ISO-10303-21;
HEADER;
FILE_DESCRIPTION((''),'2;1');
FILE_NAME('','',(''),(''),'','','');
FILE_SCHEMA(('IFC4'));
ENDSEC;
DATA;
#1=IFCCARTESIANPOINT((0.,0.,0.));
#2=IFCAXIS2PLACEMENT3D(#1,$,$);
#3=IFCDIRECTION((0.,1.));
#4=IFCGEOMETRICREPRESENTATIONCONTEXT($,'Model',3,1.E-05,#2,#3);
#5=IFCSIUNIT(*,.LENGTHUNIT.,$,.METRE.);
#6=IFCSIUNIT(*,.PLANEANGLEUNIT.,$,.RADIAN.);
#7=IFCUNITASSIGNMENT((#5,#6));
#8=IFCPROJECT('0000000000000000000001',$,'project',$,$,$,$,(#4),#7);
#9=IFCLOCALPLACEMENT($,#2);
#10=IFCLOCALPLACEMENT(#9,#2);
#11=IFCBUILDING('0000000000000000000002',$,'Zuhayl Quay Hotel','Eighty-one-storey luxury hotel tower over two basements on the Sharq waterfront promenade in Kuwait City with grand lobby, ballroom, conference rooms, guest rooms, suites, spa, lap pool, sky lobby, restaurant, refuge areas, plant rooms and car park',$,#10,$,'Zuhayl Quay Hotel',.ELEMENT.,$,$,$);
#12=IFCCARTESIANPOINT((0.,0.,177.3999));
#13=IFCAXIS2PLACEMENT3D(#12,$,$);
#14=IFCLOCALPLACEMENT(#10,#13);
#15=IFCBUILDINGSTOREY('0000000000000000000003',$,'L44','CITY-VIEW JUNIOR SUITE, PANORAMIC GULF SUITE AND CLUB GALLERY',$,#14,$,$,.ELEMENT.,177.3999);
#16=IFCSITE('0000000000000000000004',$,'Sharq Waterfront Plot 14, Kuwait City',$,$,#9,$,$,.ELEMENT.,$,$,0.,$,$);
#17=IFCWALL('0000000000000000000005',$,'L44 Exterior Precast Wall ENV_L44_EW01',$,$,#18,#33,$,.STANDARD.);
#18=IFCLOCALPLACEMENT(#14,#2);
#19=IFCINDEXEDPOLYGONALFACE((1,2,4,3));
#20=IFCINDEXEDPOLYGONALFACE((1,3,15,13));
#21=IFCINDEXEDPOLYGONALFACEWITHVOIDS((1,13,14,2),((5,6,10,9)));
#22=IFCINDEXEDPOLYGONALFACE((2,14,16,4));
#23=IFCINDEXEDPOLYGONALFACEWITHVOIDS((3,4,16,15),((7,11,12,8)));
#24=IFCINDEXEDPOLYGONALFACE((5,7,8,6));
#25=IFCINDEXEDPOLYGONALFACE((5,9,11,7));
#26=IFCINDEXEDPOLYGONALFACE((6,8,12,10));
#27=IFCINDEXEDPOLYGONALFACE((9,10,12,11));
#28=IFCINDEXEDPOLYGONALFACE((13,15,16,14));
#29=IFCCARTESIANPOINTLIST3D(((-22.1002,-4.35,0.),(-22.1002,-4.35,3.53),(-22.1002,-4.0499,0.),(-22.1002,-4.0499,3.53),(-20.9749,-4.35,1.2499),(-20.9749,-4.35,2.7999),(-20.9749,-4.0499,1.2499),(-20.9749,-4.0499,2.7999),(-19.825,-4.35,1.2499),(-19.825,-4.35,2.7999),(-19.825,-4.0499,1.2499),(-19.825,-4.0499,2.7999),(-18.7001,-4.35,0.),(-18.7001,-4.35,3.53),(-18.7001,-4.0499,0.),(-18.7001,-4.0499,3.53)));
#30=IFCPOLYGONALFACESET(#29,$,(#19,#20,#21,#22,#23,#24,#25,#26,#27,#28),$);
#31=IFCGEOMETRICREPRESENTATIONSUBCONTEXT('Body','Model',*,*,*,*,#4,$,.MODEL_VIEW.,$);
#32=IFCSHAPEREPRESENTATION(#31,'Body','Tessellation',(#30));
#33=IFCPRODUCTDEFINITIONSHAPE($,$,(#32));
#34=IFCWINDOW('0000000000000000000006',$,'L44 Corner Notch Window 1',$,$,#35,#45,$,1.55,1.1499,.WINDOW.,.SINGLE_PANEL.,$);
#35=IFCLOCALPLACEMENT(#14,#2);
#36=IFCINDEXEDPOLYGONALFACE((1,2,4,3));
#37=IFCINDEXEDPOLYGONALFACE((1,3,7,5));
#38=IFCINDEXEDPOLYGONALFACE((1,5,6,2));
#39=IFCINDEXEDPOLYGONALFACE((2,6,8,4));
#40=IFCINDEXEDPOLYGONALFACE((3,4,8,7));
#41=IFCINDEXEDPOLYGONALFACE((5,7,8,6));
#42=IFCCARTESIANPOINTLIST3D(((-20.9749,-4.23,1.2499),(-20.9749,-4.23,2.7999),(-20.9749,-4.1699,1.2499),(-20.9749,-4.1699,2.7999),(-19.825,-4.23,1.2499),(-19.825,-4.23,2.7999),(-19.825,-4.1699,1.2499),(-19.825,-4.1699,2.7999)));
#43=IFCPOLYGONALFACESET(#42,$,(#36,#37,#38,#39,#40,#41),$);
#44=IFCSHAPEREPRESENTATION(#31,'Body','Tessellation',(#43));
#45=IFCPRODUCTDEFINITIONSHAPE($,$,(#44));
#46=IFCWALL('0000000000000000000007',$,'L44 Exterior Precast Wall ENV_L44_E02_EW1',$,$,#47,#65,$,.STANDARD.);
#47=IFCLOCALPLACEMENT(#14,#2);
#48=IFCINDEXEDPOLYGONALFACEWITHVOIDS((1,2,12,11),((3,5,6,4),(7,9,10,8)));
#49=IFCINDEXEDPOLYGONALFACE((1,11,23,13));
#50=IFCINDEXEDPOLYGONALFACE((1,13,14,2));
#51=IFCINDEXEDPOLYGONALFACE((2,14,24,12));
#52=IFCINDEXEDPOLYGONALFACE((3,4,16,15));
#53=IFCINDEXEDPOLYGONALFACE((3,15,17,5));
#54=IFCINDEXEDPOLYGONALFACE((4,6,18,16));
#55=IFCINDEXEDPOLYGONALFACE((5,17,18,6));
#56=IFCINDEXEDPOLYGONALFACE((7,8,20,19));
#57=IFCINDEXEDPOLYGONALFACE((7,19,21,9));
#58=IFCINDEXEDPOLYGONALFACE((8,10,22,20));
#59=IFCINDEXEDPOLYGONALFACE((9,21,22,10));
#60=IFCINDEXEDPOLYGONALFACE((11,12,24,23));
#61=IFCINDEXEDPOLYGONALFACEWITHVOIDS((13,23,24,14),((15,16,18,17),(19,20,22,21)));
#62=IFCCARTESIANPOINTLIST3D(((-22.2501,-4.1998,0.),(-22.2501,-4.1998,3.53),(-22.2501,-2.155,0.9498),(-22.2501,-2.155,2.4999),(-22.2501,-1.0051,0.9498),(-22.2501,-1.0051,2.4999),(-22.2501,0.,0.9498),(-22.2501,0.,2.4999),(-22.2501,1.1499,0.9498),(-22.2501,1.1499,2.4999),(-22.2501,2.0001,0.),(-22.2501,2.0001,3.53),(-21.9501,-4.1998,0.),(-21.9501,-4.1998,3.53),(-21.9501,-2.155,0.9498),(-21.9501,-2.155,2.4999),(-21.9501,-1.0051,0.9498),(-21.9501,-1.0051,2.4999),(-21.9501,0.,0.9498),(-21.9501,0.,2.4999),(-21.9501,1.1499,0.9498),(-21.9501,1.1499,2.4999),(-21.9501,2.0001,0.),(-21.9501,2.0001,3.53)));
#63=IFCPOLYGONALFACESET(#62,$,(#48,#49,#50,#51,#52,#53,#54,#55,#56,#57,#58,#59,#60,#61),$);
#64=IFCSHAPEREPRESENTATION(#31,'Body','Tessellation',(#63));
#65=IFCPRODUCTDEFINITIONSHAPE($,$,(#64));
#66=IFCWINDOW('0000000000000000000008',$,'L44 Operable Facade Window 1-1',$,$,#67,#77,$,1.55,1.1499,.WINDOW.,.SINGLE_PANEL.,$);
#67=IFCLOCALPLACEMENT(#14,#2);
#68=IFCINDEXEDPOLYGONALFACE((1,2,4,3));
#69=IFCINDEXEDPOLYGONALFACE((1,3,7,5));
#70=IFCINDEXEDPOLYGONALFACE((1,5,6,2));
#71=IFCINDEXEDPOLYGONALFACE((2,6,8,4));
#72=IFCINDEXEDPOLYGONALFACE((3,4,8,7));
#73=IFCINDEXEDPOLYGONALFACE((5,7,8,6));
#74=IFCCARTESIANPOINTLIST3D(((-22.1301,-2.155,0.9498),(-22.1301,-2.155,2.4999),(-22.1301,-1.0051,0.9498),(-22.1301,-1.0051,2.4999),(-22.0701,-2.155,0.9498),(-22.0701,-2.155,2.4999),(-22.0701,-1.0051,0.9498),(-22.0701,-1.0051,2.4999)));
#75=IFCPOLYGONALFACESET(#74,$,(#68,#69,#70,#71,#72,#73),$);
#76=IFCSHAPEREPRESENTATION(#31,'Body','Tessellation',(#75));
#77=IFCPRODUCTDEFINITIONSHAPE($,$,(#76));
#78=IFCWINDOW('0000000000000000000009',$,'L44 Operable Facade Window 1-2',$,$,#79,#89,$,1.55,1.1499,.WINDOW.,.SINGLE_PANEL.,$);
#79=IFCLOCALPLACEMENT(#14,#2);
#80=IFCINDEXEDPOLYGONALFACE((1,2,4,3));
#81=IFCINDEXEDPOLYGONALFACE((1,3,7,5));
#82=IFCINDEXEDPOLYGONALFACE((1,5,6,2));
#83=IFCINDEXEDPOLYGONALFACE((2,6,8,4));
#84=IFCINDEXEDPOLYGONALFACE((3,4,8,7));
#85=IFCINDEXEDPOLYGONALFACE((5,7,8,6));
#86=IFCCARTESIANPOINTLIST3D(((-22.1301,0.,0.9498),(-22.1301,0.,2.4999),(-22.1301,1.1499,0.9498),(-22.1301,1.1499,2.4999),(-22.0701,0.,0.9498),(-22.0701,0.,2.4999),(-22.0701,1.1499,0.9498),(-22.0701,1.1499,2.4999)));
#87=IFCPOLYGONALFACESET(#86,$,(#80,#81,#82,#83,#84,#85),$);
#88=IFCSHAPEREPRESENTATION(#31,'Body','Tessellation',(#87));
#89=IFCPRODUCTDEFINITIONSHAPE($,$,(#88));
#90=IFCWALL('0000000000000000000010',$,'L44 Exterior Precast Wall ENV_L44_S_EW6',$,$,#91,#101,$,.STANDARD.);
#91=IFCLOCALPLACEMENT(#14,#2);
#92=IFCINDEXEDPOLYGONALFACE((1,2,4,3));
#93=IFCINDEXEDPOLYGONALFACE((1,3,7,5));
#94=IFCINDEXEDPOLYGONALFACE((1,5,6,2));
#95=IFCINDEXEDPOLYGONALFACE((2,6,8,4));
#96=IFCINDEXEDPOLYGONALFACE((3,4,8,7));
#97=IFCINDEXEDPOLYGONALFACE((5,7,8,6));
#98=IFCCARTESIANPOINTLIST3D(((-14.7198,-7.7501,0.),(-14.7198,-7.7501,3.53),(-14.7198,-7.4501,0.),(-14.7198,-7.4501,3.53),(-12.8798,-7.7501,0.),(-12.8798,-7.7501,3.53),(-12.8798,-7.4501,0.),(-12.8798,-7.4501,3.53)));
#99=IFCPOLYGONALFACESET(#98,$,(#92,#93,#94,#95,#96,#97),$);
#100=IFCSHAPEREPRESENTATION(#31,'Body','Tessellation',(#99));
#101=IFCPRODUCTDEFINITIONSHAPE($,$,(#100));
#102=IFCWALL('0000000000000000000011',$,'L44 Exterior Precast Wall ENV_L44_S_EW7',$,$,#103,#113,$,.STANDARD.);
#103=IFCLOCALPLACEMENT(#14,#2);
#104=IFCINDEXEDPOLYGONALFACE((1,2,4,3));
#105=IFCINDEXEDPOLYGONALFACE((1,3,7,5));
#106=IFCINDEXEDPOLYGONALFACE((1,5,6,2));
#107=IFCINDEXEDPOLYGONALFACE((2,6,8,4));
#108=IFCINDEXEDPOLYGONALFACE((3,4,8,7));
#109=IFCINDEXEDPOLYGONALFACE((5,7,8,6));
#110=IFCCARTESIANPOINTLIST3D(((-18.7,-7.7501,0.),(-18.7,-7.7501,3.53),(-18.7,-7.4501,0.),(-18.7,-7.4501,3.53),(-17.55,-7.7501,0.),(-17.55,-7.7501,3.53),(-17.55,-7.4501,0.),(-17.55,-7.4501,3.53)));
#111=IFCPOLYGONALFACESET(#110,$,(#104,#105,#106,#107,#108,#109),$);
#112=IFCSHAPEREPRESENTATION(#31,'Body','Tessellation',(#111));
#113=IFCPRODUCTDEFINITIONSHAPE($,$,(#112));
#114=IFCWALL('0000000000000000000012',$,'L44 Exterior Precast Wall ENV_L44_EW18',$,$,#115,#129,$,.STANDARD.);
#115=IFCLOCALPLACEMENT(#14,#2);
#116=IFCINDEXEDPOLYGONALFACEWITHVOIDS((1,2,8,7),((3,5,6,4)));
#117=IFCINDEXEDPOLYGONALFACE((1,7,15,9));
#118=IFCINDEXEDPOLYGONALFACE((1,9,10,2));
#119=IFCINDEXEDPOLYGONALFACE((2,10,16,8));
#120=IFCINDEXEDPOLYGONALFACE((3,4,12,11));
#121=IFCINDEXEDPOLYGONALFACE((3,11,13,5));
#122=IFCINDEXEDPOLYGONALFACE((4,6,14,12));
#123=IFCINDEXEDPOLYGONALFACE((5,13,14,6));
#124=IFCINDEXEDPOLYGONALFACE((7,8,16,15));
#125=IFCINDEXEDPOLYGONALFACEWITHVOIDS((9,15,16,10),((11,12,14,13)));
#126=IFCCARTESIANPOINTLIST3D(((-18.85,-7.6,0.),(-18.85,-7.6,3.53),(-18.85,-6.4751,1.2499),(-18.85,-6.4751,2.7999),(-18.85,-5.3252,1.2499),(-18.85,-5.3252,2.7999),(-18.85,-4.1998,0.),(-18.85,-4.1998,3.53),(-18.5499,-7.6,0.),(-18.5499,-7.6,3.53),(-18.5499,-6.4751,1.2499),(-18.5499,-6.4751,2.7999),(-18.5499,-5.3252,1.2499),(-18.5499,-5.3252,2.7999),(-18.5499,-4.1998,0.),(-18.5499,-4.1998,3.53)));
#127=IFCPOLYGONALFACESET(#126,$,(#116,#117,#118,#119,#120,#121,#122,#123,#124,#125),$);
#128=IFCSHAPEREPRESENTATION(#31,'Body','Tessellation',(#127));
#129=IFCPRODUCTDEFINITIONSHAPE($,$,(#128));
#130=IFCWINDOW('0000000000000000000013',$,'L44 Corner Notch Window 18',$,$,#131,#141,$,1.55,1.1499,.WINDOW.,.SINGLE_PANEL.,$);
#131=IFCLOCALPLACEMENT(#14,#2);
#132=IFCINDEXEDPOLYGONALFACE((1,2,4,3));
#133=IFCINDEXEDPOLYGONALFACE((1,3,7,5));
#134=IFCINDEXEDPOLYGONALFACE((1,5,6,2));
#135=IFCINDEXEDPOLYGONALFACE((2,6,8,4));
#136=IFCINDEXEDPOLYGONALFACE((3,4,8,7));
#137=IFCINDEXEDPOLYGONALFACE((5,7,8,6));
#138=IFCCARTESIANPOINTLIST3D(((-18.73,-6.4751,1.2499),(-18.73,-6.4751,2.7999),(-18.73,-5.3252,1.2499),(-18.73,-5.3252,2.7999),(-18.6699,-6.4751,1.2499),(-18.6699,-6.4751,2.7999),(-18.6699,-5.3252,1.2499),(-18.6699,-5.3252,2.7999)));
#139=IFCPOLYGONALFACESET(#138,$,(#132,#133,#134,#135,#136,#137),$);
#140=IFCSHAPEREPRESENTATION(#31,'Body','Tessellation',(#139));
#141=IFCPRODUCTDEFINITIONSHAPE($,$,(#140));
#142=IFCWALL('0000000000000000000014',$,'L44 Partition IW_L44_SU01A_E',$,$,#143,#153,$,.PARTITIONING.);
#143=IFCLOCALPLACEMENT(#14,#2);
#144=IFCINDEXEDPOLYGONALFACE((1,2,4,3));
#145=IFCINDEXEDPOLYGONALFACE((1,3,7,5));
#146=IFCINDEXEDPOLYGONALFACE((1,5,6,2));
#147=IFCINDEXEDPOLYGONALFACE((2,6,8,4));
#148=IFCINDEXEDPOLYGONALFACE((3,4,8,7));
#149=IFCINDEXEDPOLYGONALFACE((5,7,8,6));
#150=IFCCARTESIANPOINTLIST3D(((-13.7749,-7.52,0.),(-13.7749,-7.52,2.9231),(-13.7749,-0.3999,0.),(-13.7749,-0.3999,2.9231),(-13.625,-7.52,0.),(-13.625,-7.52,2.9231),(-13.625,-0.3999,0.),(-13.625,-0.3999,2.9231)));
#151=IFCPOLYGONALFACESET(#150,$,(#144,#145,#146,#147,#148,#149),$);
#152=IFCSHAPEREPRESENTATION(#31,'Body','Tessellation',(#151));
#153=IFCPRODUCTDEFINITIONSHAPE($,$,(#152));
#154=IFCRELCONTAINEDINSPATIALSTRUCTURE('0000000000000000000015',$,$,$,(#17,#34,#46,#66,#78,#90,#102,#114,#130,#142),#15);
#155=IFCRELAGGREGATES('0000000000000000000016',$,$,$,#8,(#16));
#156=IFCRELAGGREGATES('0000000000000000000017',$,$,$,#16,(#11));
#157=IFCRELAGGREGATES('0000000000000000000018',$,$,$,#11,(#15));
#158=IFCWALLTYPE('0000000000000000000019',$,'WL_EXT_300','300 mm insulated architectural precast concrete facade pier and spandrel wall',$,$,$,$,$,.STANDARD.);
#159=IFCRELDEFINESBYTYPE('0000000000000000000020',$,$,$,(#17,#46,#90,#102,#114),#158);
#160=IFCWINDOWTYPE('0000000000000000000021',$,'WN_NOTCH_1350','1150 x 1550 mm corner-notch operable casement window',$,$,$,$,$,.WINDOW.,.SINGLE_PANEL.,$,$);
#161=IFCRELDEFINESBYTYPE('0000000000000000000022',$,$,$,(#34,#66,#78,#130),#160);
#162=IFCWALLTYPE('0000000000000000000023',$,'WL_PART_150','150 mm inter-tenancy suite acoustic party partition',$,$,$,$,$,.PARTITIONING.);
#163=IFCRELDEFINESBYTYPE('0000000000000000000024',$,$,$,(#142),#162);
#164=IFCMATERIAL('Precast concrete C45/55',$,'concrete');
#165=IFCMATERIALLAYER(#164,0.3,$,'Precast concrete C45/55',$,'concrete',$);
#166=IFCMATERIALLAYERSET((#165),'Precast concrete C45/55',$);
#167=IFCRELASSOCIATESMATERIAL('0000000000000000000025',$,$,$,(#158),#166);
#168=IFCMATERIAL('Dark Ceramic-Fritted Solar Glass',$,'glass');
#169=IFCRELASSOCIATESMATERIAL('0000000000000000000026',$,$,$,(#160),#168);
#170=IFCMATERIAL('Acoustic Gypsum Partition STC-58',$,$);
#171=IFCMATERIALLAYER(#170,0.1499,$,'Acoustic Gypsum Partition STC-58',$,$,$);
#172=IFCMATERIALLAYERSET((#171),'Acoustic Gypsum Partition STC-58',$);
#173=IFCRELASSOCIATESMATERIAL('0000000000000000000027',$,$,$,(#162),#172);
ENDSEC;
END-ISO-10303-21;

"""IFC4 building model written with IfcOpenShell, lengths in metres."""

from ifc_helpers import new_model, si_unit, direction, frame, frame_2d, origin, place, context, subcontext, project, spatial, rectangle, extrude, material, layer, layer_set, type_object, element, fill, save


model = new_model("IFC4")

# Units and contexts
model_context = context("Model", 3, precision=1e-05, world=origin(), true_north=direction((0.0, 1.0)))
body_context = subcontext(model_context, "Body", "Model", "MODEL_VIEW")
ifc_project = project(units=[si_unit("LENGTHUNIT", "METRE"), si_unit("PLANEANGLEUNIT", "RADIAN")], contexts=[model_context])

# Site, building, storey
site_placement = place(None, origin())
site = spatial("IfcSite", under=ifc_project, at=site_placement, Name="Sharq Waterfront Plot 14, Kuwait City", CompositionType="ELEMENT", RefElevation=0.0)
building_placement = place(site_placement, origin())
building = spatial("IfcBuilding", under=site, at=building_placement, Name="Zuhayl Quay Hotel", Description="Eighty-one-storey luxury hotel tower over two basements on the Sharq waterfront promenade in Kuwait City with grand lobby, ballroom, conference rooms, guest rooms, suites, spa, lap pool, sky lobby, restaurant, refuge areas, plant rooms and car park", LongName="Zuhayl Quay Hotel", CompositionType="ELEMENT")
storey_placement = place(building_placement, frame((0.0, 0.0, 177.3999)))
storey = spatial("IfcBuildingStorey", under=building, at=storey_placement, Name="L44", Description="CITY-VIEW JUNIOR SUITE, PANORAMIC GULF SUITE AND CLUB GALLERY", CompositionType="ELEMENT", Elevation=177.3999)

# Shared definitions
ifc_material_1 = material(Name="Dark Ceramic-Fritted Solar Glass", Category="glass")

# Wall, opening, window
ifc_material_2 = material(Name="Precast concrete C45/55", Category="concrete")
ifc_layer_1 = layer(ifc_material_2, 0.3, Name="Precast concrete C45/55", Category="concrete")
ifc_layer_set_1 = layer_set([ifc_layer_1], Name="Precast concrete C45/55")
wall_type_1 = type_object("IfcWallType", Name="WL_EXT_300", Description="300 mm insulated architectural precast concrete facade pier and spandrel wall", PredefinedType="STANDARD", material=ifc_layer_set_1)
wall_1_placement = place(storey_placement, frame((-18.7, -4.2, 0.0), z_axis=(0.0, 0.0, 1.0), x_axis=(-1.0, 0.0, 0.0)))
wall_1 = element("IfcWall", 1, at=wall_1_placement, inside=storey, type_object=wall_type_1, Name="L44 Exterior Precast Wall ENV_L44_EW01", PredefinedType="STANDARD", context=body_context, shape_type="SweptSolid", body=[
    extrude(rectangle(XDim=3.4001, YDim=0.3, at=frame_2d((1.7002, 0.0))), origin(), (0.0, 0.0, 1.0), 3.53),
])
opening_1_placement = place(wall_1_placement, frame((1.125, 0.0, 1.25)))
opening_1 = element("IfcOpeningElement", 2, at=opening_1_placement, cuts=wall_1, PredefinedType="OPENING", context=body_context, shape_type="SweptSolid", body=[
    extrude(rectangle(XDim=1.1499, YDim=1.55, at=frame_2d((0.575, 0.7749))), frame((0.0, 0.1599, 0.0), z_axis=(0.0, -1.0, 0.0), x_axis=(1.0, 0.0, 0.0)), (0.0, 0.0, 1.0), 0.3201),
])
window_type = type_object("IfcWindowType", Name="WN_NOTCH_1350", Description="1150 x 1550 mm corner-notch operable casement window", PartitioningType="SINGLE_PANEL", PredefinedType="WINDOW", material=ifc_material_1)
window_1_placement = place(opening_1_placement, origin())
window_1 = element("IfcWindow", 3, at=window_1_placement, inside=storey, type_object=window_type, Name="L44 Corner Notch Window 1", OverallHeight=1.55, OverallWidth=1.1499, PartitioningType="SINGLE_PANEL", PredefinedType="WINDOW", context=body_context, shape_type="SweptSolid", body=[
    extrude(rectangle(XDim=1.1499, YDim=1.55, at=frame_2d((0.575, 0.7749))), frame((0.0, 0.03, 0.0), z_axis=(0.0, -1.0, 0.0), x_axis=(1.0, 0.0, 0.0)), (0.0, 0.0, 1.0), 0.0601),
])
fill(opening_1, window_1)

# Wall, openings, windows
wall_2_placement = place(storey_placement, frame((-22.1001, -4.2, 0.0), z_axis=(0.0, 0.0, 1.0), x_axis=(0.0, 1.0, 0.0)))
wall_2 = element("IfcWall", 4, at=wall_2_placement, inside=storey, type_object=wall_type_1, Name="L44 Exterior Precast Wall ENV_L44_E02_EW1", PredefinedType="STANDARD", context=body_context, shape_type="SweptSolid", body=[
    extrude(rectangle(XDim=6.2, YDim=0.3, at=frame_2d((3.1001, 0.0))), origin(), (0.0, 0.0, 1.0), 3.53),
])
opening_2_placement = place(wall_2_placement, frame((2.0449, 0.0, 0.95)))
opening_2 = element("IfcOpeningElement", 5, at=opening_2_placement, cuts=wall_2, PredefinedType="OPENING", context=body_context, shape_type="SweptSolid", body=[
    extrude(rectangle(XDim=1.1499, YDim=1.55, at=frame_2d((0.575, 0.7749))), frame((0.0, 0.1599, 0.0), z_axis=(0.0, -1.0, 0.0), x_axis=(1.0, 0.0, 0.0)), (0.0, 0.0, 1.0), 0.3201),
])
opening_3_placement = place(wall_2_placement, frame((4.2, 0.0, 0.95)))
opening_3 = element("IfcOpeningElement", 6, at=opening_3_placement, cuts=wall_2, PredefinedType="OPENING", context=body_context, shape_type="SweptSolid", body=[
    extrude(rectangle(XDim=1.1499, YDim=1.55, at=frame_2d((0.575, 0.7749))), frame((0.0, 0.1599, 0.0), z_axis=(0.0, -1.0, 0.0), x_axis=(1.0, 0.0, 0.0)), (0.0, 0.0, 1.0), 0.3201),
])
window_2_placement = place(opening_2_placement, origin())
window_2 = element("IfcWindow", 7, at=window_2_placement, inside=storey, type_object=window_type, Name="L44 Operable Facade Window 1-1", OverallHeight=1.55, OverallWidth=1.1499, PartitioningType="SINGLE_PANEL", PredefinedType="WINDOW", context=body_context, shape_type="SweptSolid", body=[
    extrude(rectangle(XDim=1.1499, YDim=1.55, at=frame_2d((0.575, 0.7749))), frame((0.0, 0.03, 0.0), z_axis=(0.0, -1.0, 0.0), x_axis=(1.0, 0.0, 0.0)), (0.0, 0.0, 1.0), 0.0601),
])
fill(opening_2, window_2)
window_3_placement = place(opening_3_placement, origin())
window_3 = element("IfcWindow", 8, at=window_3_placement, inside=storey, type_object=window_type, Name="L44 Operable Facade Window 1-2", OverallHeight=1.55, OverallWidth=1.1499, PartitioningType="SINGLE_PANEL", PredefinedType="WINDOW", context=body_context, shape_type="SweptSolid", body=[
    extrude(rectangle(XDim=1.1499, YDim=1.55, at=frame_2d((0.575, 0.7749))), frame((0.0, 0.03, 0.0), z_axis=(0.0, -1.0, 0.0), x_axis=(1.0, 0.0, 0.0)), (0.0, 0.0, 1.0), 0.0601),
])
fill(opening_3, window_3)

# Walls
wall_3_placement = place(storey_placement, frame((-12.8799, -7.6001, 0.0), z_axis=(0.0, 0.0, 1.0), x_axis=(-1.0, 0.0, 0.0)))
element("IfcWall", 9, at=wall_3_placement, inside=storey, type_object=wall_type_1, Name="L44 Exterior Precast Wall ENV_L44_S_EW6", PredefinedType="STANDARD", context=body_context, shape_type="SweptSolid", body=[
    extrude(rectangle(XDim=1.8401, YDim=0.3, at=frame_2d((0.9199, 0.0))), origin(), (0.0, 0.0, 1.0), 3.53),
])
wall_4_placement = place(storey_placement, frame((-17.55, -7.6001, 0.0), z_axis=(0.0, 0.0, 1.0), x_axis=(-1.0, 0.0, 0.0)))
element("IfcWall", 10, at=wall_4_placement, inside=storey, type_object=wall_type_1, Name="L44 Exterior Precast Wall ENV_L44_S_EW7", PredefinedType="STANDARD", context=body_context, shape_type="SweptSolid", body=[
    extrude(rectangle(XDim=1.1499, YDim=0.3, at=frame_2d((0.575, 0.0))), origin(), (0.0, 0.0, 1.0), 3.53),
])

# Wall, opening, window
wall_5_placement = place(storey_placement, frame((-18.7, -7.6001, 0.0), z_axis=(0.0, 0.0, 1.0), x_axis=(0.0, 1.0, 0.0)))
wall_5 = element("IfcWall", 11, at=wall_5_placement, inside=storey, type_object=wall_type_1, Name="L44 Exterior Precast Wall ENV_L44_EW18", PredefinedType="STANDARD", context=body_context, shape_type="SweptSolid", body=[
    extrude(rectangle(XDim=3.4001, YDim=0.3, at=frame_2d((1.7002, 0.0))), origin(), (0.0, 0.0, 1.0), 3.53),
])
opening_4_placement = place(wall_5_placement, frame((1.125, 0.0, 1.25)))
opening_4 = element("IfcOpeningElement", 12, at=opening_4_placement, cuts=wall_5, PredefinedType="OPENING", context=body_context, shape_type="SweptSolid", body=[
    extrude(rectangle(XDim=1.1499, YDim=1.55, at=frame_2d((0.575, 0.7749))), frame((0.0, 0.1599, 0.0), z_axis=(0.0, -1.0, 0.0), x_axis=(1.0, 0.0, 0.0)), (0.0, 0.0, 1.0), 0.3201),
])
window_4_placement = place(opening_4_placement, origin())
window_4 = element("IfcWindow", 13, at=window_4_placement, inside=storey, type_object=window_type, Name="L44 Corner Notch Window 18", OverallHeight=1.55, OverallWidth=1.1499, PartitioningType="SINGLE_PANEL", PredefinedType="WINDOW", context=body_context, shape_type="SweptSolid", body=[
    extrude(rectangle(XDim=1.1499, YDim=1.55, at=frame_2d((0.575, 0.7749))), frame((0.0, 0.03, 0.0), z_axis=(0.0, -1.0, 0.0), x_axis=(1.0, 0.0, 0.0)), (0.0, 0.0, 1.0), 0.0601),
])
fill(opening_4, window_4)

# Wall
ifc_material_3 = material(Name="Acoustic Gypsum Partition STC-58")
ifc_layer_2 = layer(ifc_material_3, 0.1499, Name="Acoustic Gypsum Partition STC-58")
ifc_layer_set_2 = layer_set([ifc_layer_2], Name="Acoustic Gypsum Partition STC-58")
wall_type_2 = type_object("IfcWallType", Name="WL_PART_150", Description="150 mm inter-tenancy suite acoustic party partition", PredefinedType="PARTITIONING", material=ifc_layer_set_2)
wall_6_placement = place(storey_placement, frame((-13.7, -7.52, 0.0), z_axis=(0.0, 0.0, 1.0), x_axis=(0.0, 1.0, 0.0)))
element("IfcWall", 14, at=wall_6_placement, inside=storey, type_object=wall_type_2, Name="L44 Partition IW_L44_SU01A_E", PredefinedType="PARTITIONING", context=body_context, shape_type="SweptSolid", body=[
    extrude(rectangle(XDim=7.1201, YDim=0.1499, at=frame_2d((3.5601, 0.0))), origin(), (0.0, 0.0, 1.0), 2.9231),
])

save(model, "model.ifc")
